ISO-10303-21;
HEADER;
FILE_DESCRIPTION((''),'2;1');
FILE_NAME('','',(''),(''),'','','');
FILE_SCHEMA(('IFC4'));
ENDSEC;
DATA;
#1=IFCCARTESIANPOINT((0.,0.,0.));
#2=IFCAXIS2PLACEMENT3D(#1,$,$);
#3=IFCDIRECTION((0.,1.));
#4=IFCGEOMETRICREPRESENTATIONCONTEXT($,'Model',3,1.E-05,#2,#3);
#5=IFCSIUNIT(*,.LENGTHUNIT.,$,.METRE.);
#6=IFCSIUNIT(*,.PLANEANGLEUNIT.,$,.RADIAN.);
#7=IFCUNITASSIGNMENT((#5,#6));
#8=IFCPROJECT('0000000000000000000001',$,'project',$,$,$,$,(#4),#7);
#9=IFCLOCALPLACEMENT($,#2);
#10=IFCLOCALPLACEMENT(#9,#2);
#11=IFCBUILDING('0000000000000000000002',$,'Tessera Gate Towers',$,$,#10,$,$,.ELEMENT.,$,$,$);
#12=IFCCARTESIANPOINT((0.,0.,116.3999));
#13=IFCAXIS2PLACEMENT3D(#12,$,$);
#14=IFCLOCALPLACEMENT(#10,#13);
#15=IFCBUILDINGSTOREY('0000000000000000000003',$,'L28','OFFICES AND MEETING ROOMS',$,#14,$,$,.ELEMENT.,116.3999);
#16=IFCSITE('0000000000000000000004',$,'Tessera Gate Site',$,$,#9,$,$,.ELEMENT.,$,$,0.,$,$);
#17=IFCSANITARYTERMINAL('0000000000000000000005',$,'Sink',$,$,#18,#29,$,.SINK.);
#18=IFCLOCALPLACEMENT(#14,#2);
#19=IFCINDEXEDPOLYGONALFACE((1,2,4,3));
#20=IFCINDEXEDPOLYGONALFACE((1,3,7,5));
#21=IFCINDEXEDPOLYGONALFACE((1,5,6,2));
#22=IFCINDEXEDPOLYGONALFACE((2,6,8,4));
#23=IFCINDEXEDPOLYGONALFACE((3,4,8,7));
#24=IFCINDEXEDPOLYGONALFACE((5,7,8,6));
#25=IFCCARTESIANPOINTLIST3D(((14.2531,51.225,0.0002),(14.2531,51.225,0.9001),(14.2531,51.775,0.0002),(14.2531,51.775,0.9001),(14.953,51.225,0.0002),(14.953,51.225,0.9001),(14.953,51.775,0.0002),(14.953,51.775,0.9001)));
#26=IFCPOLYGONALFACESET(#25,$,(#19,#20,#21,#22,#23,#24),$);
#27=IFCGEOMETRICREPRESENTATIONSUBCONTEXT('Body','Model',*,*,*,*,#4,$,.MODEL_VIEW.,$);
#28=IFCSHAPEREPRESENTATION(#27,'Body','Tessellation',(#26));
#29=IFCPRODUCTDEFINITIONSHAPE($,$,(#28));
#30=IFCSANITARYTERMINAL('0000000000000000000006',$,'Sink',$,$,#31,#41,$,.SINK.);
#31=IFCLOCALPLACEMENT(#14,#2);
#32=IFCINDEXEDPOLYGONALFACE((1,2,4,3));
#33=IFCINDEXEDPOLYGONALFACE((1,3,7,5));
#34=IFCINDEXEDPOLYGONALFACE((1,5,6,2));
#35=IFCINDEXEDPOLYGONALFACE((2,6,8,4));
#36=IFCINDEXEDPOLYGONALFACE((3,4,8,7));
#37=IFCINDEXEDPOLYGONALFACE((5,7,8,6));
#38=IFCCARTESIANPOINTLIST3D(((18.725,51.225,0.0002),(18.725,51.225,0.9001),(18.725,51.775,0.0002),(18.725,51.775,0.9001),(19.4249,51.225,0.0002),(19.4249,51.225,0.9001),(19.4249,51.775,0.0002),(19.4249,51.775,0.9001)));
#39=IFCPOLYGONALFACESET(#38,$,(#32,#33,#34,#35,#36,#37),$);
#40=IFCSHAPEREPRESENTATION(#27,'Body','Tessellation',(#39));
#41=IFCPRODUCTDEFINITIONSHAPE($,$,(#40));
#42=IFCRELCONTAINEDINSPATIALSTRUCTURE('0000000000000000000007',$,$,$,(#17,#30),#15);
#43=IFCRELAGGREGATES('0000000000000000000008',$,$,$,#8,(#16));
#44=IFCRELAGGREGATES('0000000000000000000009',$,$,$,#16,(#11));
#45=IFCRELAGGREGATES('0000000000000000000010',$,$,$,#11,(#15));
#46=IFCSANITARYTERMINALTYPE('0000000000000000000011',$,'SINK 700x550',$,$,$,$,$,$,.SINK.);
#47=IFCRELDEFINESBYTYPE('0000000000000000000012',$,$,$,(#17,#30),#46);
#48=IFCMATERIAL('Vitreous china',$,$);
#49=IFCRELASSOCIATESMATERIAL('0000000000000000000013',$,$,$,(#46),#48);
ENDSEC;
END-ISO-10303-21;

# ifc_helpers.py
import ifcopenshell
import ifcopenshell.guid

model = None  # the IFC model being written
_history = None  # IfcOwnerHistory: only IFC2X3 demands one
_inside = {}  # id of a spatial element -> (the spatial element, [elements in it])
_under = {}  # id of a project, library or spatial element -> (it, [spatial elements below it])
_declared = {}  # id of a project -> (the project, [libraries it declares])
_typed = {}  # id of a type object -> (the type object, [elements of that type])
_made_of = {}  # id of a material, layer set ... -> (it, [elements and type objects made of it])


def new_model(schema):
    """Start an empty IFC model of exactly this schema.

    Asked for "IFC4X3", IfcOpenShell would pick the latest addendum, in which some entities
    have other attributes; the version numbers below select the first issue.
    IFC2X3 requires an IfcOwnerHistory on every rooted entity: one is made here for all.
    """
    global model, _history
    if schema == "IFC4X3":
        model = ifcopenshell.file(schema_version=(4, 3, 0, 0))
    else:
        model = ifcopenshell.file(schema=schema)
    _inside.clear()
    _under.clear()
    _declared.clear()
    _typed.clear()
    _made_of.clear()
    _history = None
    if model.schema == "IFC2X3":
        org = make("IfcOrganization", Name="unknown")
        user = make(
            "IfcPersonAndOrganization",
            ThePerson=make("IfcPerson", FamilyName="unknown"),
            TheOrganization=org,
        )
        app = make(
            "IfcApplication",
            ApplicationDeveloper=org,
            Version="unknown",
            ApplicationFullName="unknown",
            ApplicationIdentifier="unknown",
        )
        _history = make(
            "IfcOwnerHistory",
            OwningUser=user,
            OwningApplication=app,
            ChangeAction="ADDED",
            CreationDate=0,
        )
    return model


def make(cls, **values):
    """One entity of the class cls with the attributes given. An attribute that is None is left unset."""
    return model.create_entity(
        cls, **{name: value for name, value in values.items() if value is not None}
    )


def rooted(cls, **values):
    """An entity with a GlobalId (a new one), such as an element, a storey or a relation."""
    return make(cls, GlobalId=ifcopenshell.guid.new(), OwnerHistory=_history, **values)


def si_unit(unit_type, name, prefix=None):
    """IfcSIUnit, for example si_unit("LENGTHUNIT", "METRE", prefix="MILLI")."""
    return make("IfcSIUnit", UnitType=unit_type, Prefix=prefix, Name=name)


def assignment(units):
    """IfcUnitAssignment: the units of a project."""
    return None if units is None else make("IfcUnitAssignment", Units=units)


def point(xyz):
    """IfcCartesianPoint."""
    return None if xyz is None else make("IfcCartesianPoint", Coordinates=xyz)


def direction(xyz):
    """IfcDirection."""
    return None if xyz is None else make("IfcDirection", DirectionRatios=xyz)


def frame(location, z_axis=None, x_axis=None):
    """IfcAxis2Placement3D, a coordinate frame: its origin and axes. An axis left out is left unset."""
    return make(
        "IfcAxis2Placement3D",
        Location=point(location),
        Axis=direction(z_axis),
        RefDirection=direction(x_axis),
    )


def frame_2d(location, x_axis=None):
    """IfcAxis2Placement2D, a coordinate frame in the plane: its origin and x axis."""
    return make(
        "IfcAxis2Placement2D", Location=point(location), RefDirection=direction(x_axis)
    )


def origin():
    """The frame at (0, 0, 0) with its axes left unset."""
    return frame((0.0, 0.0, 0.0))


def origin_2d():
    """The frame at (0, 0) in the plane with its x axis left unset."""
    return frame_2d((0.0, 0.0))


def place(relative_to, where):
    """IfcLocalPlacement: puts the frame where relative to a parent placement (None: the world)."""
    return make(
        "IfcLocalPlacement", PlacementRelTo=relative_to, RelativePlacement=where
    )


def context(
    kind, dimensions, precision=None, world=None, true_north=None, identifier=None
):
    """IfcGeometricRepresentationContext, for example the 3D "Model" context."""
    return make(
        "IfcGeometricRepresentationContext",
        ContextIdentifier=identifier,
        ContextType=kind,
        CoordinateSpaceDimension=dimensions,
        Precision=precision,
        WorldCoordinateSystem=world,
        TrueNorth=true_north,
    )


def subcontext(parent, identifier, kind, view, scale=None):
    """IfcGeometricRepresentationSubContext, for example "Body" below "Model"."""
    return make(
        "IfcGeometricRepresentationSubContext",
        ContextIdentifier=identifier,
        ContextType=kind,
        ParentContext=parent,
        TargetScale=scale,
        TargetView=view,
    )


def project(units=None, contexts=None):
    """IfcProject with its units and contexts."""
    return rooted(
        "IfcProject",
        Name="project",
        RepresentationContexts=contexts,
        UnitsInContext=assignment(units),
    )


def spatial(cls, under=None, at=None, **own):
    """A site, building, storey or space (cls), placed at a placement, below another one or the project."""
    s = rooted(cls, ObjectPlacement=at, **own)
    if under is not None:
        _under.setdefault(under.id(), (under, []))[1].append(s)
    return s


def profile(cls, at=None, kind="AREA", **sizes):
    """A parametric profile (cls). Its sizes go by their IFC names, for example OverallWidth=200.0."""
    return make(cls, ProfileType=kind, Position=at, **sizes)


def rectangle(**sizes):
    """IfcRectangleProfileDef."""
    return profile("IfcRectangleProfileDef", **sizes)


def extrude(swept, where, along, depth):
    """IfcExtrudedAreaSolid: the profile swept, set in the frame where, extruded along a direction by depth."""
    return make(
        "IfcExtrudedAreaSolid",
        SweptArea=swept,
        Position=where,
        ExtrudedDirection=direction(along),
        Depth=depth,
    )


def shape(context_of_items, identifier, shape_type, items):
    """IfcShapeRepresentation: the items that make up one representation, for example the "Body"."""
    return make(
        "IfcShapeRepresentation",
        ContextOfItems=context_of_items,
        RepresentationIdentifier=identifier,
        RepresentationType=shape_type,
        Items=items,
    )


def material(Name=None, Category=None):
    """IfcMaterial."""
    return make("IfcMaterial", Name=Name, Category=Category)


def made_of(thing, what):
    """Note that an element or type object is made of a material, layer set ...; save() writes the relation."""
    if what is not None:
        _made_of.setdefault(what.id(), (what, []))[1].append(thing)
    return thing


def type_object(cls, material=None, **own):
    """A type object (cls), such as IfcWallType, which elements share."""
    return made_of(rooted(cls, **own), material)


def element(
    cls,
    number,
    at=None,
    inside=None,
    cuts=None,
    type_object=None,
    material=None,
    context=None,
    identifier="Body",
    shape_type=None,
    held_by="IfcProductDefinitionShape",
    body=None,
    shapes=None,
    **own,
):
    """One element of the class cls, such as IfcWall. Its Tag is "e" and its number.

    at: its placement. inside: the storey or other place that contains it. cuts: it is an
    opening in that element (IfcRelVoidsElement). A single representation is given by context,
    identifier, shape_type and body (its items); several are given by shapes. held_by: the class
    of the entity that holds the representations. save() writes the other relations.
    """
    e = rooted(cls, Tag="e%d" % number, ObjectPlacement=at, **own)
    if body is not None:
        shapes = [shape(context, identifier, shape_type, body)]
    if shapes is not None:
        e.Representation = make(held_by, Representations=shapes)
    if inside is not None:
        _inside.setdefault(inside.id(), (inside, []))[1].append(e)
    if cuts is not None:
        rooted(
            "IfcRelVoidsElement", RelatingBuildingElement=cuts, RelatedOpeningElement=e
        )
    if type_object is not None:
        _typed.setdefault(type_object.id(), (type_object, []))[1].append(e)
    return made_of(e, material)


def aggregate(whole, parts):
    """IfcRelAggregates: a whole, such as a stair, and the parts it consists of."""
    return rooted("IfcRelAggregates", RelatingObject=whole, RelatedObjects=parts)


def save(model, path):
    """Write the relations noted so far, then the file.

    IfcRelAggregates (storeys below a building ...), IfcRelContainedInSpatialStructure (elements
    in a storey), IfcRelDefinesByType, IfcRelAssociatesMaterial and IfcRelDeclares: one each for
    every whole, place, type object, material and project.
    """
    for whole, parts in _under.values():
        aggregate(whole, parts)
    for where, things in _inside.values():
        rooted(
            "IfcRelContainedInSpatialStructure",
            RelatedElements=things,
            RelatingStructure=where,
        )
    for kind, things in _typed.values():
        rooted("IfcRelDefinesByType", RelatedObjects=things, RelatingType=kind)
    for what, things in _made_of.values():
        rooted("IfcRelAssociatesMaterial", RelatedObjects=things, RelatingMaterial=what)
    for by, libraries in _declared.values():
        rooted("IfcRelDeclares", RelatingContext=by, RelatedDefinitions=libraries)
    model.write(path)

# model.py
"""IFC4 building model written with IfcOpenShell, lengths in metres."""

from ifc_helpers import new_model, si_unit, direction, frame, origin, origin_2d, place, context, subcontext, project, spatial, rectangle, extrude, material, type_object, element, save


model = new_model("IFC4")

# Units and contexts
model_context = context("Model", 3, precision=1e-05, world=origin(), true_north=direction((0.0, 1.0)))
body_context = subcontext(model_context, "Body", "Model", "MODEL_VIEW")
ifc_project = project(units=[si_unit("LENGTHUNIT", "METRE"), si_unit("PLANEANGLEUNIT", "RADIAN")], contexts=[model_context])

# Site, building, storey
site_placement = place(None, origin())
site = spatial("IfcSite", under=ifc_project, at=site_placement, Name="Tessera Gate Site", CompositionType="ELEMENT", RefElevation=0.0)
building_placement = place(site_placement, origin())
building = spatial("IfcBuilding", under=site, at=building_placement, Name="Tessera Gate Towers", CompositionType="ELEMENT")
storey_placement = place(building_placement, frame((0.0, 0.0, 116.3999)))
storey = spatial("IfcBuildingStorey", under=building, at=storey_placement, Name="L28", Description="OFFICES AND MEETING ROOMS", CompositionType="ELEMENT", Elevation=116.3999)

# Sanitary terminals
ifc_material_1 = material(Name="Vitreous china")
sanitary_terminal_type = type_object("IfcSanitaryTerminalType", Name="SINK 700x550", PredefinedType="SINK", material=ifc_material_1)
for number, where, z_axis, x_axis, name in (
    (1, (14.603, 51.5, 0.0002), (0.0, 0.0, 1.0), (1.0, 0.0, 0.0), "Sink"),
    (2, (19.075, 51.5, 0.0002), (0.0, 0.0, 1.0), (1.0, 0.0, 0.0), "Sink"),
):
    element("IfcSanitaryTerminal", number, at=place(storey_placement, frame(where, z_axis=z_axis, x_axis=x_axis)), inside=storey, type_object=sanitary_terminal_type, Name=name, PredefinedType="SINK", context=body_context, shape_type="SweptSolid", body=[
        extrude(rectangle(XDim=0.7, YDim=0.55, at=origin_2d()), origin(), (0.0, 0.0, 1.0), 0.8999),
    ])

save(model, "model.ifc")
